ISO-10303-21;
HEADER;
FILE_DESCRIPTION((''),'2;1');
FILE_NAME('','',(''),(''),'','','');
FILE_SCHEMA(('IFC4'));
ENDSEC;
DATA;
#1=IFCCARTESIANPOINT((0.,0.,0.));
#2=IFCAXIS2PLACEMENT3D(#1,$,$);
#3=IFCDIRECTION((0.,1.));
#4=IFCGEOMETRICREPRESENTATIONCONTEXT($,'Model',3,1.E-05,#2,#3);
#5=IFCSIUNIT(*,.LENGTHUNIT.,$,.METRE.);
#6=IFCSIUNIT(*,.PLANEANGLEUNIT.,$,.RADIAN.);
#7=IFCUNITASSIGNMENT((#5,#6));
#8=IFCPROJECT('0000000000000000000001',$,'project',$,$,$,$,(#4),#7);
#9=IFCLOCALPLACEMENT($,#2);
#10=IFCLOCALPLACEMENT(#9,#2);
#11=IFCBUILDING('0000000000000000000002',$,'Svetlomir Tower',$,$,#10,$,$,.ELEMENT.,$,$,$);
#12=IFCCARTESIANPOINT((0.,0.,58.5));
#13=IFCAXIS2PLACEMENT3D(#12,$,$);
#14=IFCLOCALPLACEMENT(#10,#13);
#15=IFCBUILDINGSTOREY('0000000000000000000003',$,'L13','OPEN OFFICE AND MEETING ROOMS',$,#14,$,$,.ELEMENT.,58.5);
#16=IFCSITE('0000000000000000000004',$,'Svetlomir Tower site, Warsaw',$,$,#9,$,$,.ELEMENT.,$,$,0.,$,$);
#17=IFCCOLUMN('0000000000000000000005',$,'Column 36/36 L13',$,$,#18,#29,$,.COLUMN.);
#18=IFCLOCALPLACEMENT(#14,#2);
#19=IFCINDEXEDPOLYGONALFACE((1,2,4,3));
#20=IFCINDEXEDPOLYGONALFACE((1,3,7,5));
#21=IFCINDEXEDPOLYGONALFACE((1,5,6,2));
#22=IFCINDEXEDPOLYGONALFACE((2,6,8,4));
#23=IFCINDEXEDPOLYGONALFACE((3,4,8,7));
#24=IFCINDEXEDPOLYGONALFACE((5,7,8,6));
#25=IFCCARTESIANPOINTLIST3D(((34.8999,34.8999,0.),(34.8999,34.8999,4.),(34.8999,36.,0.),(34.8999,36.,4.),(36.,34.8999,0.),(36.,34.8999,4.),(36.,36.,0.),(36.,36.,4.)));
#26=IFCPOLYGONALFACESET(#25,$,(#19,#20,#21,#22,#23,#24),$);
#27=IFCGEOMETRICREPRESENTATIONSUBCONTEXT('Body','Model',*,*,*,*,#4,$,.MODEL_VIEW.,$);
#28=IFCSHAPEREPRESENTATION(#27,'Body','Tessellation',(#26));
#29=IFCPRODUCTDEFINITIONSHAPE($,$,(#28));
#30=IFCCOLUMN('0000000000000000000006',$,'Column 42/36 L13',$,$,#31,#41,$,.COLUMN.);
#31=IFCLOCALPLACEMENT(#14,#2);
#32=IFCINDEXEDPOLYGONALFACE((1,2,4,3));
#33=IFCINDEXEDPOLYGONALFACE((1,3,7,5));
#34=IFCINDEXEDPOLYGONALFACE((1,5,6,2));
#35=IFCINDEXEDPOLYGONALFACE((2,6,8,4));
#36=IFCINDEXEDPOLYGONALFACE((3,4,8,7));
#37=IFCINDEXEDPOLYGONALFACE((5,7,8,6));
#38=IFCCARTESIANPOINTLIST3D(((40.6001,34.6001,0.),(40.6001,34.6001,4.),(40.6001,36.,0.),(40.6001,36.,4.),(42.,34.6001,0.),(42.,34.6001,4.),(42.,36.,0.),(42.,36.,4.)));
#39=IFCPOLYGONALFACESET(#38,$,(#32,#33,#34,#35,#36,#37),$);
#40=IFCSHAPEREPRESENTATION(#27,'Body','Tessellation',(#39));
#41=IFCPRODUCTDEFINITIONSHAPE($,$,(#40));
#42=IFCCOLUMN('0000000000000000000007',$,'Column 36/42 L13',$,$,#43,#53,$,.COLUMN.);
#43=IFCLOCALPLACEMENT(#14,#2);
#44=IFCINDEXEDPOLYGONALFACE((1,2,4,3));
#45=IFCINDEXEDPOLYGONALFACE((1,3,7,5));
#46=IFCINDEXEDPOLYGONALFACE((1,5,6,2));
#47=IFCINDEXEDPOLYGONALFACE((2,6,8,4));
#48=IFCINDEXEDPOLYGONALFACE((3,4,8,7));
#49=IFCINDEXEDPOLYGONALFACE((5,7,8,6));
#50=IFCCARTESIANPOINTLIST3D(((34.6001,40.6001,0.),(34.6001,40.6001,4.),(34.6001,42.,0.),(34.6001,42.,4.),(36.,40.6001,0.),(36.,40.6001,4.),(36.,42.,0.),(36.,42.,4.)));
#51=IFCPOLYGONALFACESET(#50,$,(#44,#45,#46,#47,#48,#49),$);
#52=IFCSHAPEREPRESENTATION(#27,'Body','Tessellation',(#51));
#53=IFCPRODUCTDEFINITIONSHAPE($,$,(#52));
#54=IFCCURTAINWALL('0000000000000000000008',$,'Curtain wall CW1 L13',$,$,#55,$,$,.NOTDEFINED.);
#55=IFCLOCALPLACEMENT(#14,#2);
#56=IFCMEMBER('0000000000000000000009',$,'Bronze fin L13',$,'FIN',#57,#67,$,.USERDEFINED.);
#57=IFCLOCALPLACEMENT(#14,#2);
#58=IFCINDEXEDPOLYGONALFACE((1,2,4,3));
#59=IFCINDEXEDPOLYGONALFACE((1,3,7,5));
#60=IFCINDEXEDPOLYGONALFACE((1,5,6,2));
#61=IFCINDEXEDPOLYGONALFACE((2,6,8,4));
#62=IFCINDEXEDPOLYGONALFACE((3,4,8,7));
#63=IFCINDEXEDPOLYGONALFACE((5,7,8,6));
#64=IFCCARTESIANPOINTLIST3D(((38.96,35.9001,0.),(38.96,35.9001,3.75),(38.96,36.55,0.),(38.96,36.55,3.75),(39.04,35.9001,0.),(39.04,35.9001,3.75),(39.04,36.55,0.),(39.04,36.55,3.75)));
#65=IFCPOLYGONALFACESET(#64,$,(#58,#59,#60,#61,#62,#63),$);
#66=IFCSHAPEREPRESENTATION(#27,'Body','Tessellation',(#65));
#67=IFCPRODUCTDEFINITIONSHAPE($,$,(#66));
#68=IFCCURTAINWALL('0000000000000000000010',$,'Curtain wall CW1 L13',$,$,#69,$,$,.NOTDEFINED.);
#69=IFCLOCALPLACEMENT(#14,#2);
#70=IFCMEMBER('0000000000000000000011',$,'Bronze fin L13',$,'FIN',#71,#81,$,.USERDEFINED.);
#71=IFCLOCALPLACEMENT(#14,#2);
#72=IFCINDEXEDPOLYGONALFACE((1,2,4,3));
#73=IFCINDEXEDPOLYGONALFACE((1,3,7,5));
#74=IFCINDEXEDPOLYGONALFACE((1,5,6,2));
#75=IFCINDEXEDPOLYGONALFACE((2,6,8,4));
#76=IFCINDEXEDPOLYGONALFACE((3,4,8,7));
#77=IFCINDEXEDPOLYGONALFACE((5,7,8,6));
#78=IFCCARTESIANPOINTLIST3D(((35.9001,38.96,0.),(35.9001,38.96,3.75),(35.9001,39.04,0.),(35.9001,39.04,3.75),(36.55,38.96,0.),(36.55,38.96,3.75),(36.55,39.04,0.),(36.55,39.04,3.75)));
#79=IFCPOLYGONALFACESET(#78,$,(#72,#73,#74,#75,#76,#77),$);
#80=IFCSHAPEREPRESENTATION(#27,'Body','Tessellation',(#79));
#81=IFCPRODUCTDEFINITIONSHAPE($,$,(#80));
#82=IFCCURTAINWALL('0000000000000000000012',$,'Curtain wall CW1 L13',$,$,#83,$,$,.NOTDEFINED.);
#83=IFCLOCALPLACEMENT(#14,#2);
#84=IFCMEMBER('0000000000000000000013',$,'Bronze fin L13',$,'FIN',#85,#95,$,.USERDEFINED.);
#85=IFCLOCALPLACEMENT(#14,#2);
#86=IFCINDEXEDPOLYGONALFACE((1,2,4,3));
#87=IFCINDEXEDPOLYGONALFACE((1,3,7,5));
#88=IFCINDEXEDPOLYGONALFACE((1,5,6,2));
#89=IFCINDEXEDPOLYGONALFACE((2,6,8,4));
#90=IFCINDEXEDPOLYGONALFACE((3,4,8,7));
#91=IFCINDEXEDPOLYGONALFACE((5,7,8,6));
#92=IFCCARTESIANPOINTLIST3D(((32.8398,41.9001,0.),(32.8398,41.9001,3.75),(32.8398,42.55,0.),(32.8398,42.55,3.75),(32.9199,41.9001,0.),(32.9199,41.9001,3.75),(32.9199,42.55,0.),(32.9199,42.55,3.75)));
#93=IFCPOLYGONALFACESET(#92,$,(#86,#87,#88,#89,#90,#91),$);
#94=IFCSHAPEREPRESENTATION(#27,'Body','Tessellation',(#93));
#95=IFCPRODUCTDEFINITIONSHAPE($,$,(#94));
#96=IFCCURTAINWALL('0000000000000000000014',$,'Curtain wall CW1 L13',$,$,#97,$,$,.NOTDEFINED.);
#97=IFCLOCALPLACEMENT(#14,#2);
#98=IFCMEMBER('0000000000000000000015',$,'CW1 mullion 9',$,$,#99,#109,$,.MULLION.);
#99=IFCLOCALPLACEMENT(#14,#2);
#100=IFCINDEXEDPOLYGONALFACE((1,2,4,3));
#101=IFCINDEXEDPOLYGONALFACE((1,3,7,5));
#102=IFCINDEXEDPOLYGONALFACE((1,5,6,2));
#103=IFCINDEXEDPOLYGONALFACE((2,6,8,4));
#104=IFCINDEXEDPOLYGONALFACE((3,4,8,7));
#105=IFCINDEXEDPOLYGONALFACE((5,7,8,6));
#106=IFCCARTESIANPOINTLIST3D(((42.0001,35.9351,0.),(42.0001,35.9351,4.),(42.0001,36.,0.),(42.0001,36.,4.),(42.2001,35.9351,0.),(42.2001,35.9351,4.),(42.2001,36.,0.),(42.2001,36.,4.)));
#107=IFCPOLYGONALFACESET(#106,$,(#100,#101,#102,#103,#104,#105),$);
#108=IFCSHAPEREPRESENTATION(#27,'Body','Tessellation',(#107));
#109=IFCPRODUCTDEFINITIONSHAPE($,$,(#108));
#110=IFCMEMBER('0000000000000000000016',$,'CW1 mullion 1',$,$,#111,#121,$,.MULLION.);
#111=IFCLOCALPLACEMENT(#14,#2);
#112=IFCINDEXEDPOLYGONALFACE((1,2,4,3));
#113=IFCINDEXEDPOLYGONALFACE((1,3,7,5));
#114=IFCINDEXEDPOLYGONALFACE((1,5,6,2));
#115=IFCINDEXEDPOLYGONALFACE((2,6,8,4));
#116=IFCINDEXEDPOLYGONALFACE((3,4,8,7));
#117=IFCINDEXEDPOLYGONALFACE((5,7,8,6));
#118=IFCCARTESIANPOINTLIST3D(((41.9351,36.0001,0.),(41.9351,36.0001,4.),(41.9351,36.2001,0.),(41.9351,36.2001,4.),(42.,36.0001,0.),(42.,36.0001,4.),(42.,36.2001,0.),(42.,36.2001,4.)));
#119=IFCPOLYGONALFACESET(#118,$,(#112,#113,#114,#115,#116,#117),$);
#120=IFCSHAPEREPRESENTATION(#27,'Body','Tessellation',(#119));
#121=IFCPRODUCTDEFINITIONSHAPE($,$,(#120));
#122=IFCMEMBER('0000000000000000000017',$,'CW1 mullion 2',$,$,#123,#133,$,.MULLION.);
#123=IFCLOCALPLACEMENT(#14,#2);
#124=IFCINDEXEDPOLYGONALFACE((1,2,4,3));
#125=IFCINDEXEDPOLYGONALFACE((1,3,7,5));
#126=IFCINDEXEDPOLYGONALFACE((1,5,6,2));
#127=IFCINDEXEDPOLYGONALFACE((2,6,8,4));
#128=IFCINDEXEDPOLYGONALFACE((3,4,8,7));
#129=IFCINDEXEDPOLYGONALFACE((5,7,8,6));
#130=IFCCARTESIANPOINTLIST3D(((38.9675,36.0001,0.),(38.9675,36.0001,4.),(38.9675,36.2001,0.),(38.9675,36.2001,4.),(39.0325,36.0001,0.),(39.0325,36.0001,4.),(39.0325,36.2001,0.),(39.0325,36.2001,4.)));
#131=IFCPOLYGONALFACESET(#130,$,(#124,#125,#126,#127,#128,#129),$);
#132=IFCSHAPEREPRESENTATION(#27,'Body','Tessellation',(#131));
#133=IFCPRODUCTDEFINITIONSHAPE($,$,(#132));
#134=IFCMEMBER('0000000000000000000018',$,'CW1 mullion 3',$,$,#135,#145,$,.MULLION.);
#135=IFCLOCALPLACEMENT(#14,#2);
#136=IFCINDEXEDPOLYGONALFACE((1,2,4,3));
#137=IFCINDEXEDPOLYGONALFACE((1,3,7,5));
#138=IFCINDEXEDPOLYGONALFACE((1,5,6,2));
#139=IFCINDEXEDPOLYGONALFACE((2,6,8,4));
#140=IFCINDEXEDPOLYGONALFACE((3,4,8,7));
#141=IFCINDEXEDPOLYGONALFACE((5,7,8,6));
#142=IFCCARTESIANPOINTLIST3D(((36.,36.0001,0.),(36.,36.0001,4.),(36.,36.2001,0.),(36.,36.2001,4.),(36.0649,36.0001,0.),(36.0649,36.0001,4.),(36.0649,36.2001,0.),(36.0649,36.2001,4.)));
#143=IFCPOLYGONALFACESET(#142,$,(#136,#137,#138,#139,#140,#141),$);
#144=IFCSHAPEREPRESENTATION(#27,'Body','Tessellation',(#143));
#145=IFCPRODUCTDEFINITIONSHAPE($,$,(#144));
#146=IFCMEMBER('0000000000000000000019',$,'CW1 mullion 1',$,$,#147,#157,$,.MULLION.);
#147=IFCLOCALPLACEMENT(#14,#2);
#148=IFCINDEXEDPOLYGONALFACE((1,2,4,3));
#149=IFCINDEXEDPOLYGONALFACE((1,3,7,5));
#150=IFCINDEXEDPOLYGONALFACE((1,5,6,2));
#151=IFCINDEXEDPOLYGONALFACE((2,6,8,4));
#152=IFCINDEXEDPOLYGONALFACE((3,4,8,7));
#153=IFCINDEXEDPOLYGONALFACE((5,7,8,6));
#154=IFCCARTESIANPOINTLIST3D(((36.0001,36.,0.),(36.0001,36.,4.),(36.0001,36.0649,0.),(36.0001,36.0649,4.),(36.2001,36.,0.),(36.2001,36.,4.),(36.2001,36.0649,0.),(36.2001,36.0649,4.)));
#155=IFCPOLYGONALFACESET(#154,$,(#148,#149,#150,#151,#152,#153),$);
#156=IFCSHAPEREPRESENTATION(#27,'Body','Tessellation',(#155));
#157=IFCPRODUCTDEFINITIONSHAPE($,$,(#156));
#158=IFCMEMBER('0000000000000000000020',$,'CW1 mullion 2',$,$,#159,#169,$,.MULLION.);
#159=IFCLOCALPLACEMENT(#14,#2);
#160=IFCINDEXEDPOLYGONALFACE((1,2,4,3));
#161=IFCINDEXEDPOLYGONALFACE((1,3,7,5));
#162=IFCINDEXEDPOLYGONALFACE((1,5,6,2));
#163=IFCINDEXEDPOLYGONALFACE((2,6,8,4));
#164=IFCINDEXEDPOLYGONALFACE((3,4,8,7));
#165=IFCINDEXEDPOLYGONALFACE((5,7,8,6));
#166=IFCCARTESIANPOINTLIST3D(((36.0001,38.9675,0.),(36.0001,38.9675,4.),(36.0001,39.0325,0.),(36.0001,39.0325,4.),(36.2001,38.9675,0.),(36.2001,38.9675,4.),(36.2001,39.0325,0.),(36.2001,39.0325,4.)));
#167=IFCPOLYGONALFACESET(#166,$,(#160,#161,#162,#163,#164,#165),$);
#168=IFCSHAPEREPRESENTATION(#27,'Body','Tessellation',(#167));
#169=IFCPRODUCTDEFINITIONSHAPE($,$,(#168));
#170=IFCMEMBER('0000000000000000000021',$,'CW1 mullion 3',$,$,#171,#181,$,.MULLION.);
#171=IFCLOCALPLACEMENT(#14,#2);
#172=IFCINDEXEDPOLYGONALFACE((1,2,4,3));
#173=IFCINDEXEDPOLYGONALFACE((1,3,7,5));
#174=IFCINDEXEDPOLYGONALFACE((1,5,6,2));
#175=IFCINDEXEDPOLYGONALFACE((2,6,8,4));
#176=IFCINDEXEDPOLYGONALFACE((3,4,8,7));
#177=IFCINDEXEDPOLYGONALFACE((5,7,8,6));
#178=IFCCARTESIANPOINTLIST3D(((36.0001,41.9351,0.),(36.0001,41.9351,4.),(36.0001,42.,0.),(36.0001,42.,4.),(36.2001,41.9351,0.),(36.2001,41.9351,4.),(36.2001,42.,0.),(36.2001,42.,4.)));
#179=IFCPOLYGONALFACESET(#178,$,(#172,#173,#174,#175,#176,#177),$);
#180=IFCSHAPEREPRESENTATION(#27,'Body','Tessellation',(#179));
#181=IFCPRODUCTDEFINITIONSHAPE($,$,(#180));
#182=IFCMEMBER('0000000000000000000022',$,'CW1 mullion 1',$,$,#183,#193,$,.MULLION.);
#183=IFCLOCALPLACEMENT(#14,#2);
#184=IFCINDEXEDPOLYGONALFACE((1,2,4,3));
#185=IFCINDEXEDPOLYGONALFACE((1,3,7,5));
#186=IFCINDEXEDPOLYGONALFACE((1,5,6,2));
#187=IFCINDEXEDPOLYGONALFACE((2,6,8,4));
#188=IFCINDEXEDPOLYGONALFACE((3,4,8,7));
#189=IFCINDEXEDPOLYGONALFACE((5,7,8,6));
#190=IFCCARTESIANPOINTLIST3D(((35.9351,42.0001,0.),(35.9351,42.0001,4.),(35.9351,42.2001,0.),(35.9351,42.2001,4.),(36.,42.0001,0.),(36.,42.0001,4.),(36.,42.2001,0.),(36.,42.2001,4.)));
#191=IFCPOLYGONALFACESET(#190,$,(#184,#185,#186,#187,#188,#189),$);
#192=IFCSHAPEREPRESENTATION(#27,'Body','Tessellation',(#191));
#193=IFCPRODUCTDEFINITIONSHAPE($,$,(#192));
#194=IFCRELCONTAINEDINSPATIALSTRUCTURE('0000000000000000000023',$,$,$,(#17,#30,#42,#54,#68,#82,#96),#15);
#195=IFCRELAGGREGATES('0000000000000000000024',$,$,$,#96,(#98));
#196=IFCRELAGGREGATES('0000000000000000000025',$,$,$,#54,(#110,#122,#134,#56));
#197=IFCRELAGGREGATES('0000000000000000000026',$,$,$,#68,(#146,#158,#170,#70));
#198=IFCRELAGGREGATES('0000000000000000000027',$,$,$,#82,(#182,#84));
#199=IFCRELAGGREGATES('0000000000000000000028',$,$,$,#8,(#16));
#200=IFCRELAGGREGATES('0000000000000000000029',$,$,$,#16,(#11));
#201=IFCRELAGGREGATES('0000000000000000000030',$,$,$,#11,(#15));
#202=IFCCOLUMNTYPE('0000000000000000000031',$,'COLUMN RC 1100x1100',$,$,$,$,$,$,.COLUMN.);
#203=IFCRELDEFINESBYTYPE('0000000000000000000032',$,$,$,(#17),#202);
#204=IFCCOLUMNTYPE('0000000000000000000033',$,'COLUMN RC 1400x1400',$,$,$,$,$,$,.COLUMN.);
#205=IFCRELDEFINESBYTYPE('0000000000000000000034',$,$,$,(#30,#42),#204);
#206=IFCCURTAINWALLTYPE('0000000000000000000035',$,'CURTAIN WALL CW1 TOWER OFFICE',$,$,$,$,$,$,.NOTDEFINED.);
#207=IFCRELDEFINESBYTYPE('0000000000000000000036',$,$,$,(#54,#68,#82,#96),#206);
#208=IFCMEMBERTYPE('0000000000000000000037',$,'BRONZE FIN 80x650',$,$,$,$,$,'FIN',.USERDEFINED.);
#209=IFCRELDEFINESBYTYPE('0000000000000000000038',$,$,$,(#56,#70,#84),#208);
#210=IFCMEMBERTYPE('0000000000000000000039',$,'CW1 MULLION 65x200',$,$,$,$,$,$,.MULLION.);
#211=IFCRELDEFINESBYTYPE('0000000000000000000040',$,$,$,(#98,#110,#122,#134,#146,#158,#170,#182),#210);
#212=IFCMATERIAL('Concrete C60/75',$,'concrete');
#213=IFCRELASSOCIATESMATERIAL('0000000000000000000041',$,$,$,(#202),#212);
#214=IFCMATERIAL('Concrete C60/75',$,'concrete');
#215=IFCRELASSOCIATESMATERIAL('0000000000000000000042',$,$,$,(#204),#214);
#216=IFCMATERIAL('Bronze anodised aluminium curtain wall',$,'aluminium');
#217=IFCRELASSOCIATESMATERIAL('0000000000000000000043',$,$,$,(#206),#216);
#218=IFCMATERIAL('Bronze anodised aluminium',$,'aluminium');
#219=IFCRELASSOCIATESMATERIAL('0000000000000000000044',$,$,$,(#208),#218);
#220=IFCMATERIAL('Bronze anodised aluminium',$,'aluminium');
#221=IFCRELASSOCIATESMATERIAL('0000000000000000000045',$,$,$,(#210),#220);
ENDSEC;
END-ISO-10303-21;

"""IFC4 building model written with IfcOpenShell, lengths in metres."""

from ifc_helpers import new_model, si_unit, direction, frame, origin, origin_2d, place, context, subcontext, project, spatial, rectangle, extrude, material, material_profile, profile_set, type_object, element, aggregate, save


model = new_model("IFC4")

# Units and contexts
model_context = context("Model", 3, precision=1e-05, world=origin(), true_north=direction((0.0, 1.0)))
body_context = subcontext(model_context, "Body", "Model", "MODEL_VIEW")
ifc_project = project(units=[si_unit("LENGTHUNIT", "METRE"), si_unit("PLANEANGLEUNIT", "RADIAN")], contexts=[model_context])

# Site, building, storey
site_placement = place(None, origin())
site = spatial("IfcSite", under=ifc_project, at=site_placement, Name="Svetlomir Tower site, Warsaw", CompositionType="ELEMENT", RefElevation=0.0)
building_placement = place(site_placement, origin())
building = spatial("IfcBuilding", under=site, at=building_placement, Name="Svetlomir Tower", CompositionType="ELEMENT")
storey_placement = place(building_placement, frame((0.0, 0.0, 58.5)))
storey = spatial("IfcBuildingStorey", under=building, at=storey_placement, Name="L13", Description="OPEN OFFICE AND MEETING ROOMS", CompositionType="ELEMENT", Elevation=58.5)

# Columns
ifc_material_1 = material(Name="Concrete C60/75", Category="concrete")
ifc_material_profile_1 = material_profile(ifc_material_1, rectangle(XDim=1.1001, YDim=1.1001, at=origin_2d()), Name="RC 1100x1100")
ifc_profile_set_1 = profile_set([ifc_material_profile_1], Name="Concrete C60/75")
column_type_1 = type_object("IfcColumnType", Name="COLUMN RC 1100x1100", PredefinedType="COLUMN", material=ifc_profile_set_1)
column_placement = place(storey_placement, frame((35.45, 35.45, 0.0), z_axis=(0.0, 0.0, 1.0), x_axis=(1.0, 0.0, 0.0)))
element("IfcColumn", 1, at=column_placement, inside=storey, type_object=column_type_1, Name="Column 36/36 L13", PredefinedType="COLUMN", context=body_context, shape_type="SweptSolid", body=[
    extrude(rectangle(XDim=1.1001, YDim=1.1001, at=origin_2d()), origin(), (0.0, 0.0, 1.0), 4.0),
])
ifc_material_2 = material(Name="Concrete C60/75", Category="concrete")
ifc_material_profile_2 = material_profile(ifc_material_2, rectangle(XDim=1.3999, YDim=1.3999, at=origin_2d()), Name="RC 1400x1400")
ifc_profile_set_2 = profile_set([ifc_material_profile_2], Name="Concrete C60/75")
column_type_2 = type_object("IfcColumnType", Name="COLUMN RC 1400x1400", PredefinedType="COLUMN", material=ifc_profile_set_2)
for number, where, z_axis, x_axis, name in (
    (2, (41.3, 35.3, 0.0), (0.0, 0.0, 1.0), (1.0, 0.0, 0.0), "Column 42/36 L13"),
    (3, (35.3, 41.3, 0.0), (0.0, 0.0, 1.0), (1.0, 0.0, 0.0), "Column 36/42 L13"),
):
    element("IfcColumn", number, at=place(storey_placement, frame(where, z_axis=z_axis, x_axis=x_axis)), inside=storey, type_object=column_type_2, Name=name, PredefinedType="COLUMN", context=body_context, shape_type="SweptSolid", body=[
        extrude(rectangle(XDim=1.3999, YDim=1.3999, at=origin_2d()), origin(), (0.0, 0.0, 1.0), 4.0),
    ])

# Curtain walls, members
ifc_material_3 = material(Name="Bronze anodised aluminium curtain wall", Category="aluminium")
curtain_wall_type = type_object("IfcCurtainWallType", Name="CURTAIN WALL CW1 TOWER OFFICE", PredefinedType="NOTDEFINED", material=ifc_material_3)
curtain_wall_1_placement = place(storey_placement, origin())
curtain_wall_1 = element("IfcCurtainWall", 4, at=curtain_wall_1_placement, inside=storey, type_object=curtain_wall_type, Name="Curtain wall CW1 L13", PredefinedType="NOTDEFINED")
ifc_material_4 = material(Name="Bronze anodised aluminium", Category="aluminium")
ifc_material_profile_3 = material_profile(ifc_material_4, rectangle(XDim=0.0801, YDim=0.6499, at=origin_2d()), Name="FIN 80x650")
ifc_profile_set_3 = profile_set([ifc_material_profile_3], Name="Bronze anodised aluminium 6063-T6")
member_type_1 = type_object("IfcMemberType", Name="BRONZE FIN 80x650", ElementType="FIN", PredefinedType="USERDEFINED", material=ifc_profile_set_3)
member_1_placement = place(storey_placement, frame((39.0, 36.2251, 0.0), z_axis=(0.0, 0.0, 1.0), x_axis=(1.0, 0.0, 0.0)))
member_1 = element("IfcMember", 5, at=member_1_placement, type_object=member_type_1, Name="Bronze fin L13", ObjectType="FIN", PredefinedType="USERDEFINED", context=body_context, shape_type="SweptSolid", body=[
    extrude(rectangle(XDim=0.0801, YDim=0.6499, at=origin_2d()), origin(), (0.0, 0.0, 1.0), 3.75),
])
curtain_wall_2_placement = place(storey_placement, origin())
curtain_wall_2 = element("IfcCurtainWall", 6, at=curtain_wall_2_placement, inside=storey, type_object=curtain_wall_type, Name="Curtain wall CW1 L13", PredefinedType="NOTDEFINED")
member_2_placement = place(storey_placement, frame((36.2251, 39.0, 0.0), z_axis=(0.0, 0.0, 1.0), x_axis=(0.0, 1.0, 0.0)))
member_2 = element("IfcMember", 7, at=member_2_placement, type_object=member_type_1, Name="Bronze fin L13", ObjectType="FIN", PredefinedType="USERDEFINED", context=body_context, shape_type="SweptSolid", body=[
    extrude(rectangle(XDim=0.0801, YDim=0.6499, at=origin_2d()), origin(), (0.0, 0.0, 1.0), 3.75),
])
curtain_wall_3_placement = place(storey_placement, origin())
curtain_wall_3 = element("IfcCurtainWall", 8, at=curtain_wall_3_placement, inside=storey, type_object=curtain_wall_type, Name="Curtain wall CW1 L13", PredefinedType="NOTDEFINED")
member_3_placement = place(storey_placement, frame((32.8799, 42.2251, 0.0), z_axis=(0.0, 0.0, 1.0), x_axis=(1.0, 0.0, 0.0)))
member_3 = element("IfcMember", 9, at=member_3_placement, type_object=member_type_1, Name="Bronze fin L13", ObjectType="FIN", PredefinedType="USERDEFINED", context=body_context, shape_type="SweptSolid", body=[
    extrude(rectangle(XDim=0.0801, YDim=0.6499, at=origin_2d()), origin(), (0.0, 0.0, 1.0), 3.75),
])
curtain_wall_4_placement = place(storey_placement, origin())
curtain_wall_4 = element("IfcCurtainWall", 10, at=curtain_wall_4_placement, inside=storey, type_object=curtain_wall_type, Name="Curtain wall CW1 L13", PredefinedType="NOTDEFINED")
ifc_material_5 = material(Name="Bronze anodised aluminium", Category="aluminium")
ifc_material_profile_4 = material_profile(ifc_material_5, rectangle(XDim=0.0649, YDim=0.2, at=origin_2d()), Name="AL 65x200")
ifc_profile_set_4 = profile_set([ifc_material_profile_4], Name="Bronze anodised aluminium 6063-T6")
member_type_2 = type_object("IfcMemberType", Name="CW1 MULLION 65x200", PredefinedType="MULLION", material=ifc_profile_set_4)
member_4_placement = place(storey_placement, frame((42.1001, 35.9675, 0.0), z_axis=(0.0, 0.0, 1.0), x_axis=(0.0, 1.0, 0.0)))
member_4 = element("IfcMember", 11, at=member_4_placement, type_object=member_type_2, Name="CW1 mullion 9", PredefinedType="MULLION", context=body_context, shape_type="SweptSolid", body=[
    extrude(rectangle(XDim=0.0649, YDim=0.2, at=origin_2d()), origin(), (0.0, 0.0, 1.0), 4.0),
])

# Members
member_5_placement = place(storey_placement, frame((41.9675, 36.1001, 0.0), z_axis=(0.0, 0.0, 1.0), x_axis=(-1.0, 0.0, 0.0)))
member_5 = element("IfcMember", 12, at=member_5_placement, type_object=member_type_2, Name="CW1 mullion 1", PredefinedType="MULLION", context=body_context, shape_type="SweptSolid", body=[
    extrude(rectangle(XDim=0.0649, YDim=0.2, at=origin_2d()), origin(), (0.0, 0.0, 1.0), 4.0),
])
member_6_placement = place(storey_placement, frame((39.0, 36.1001, 0.0), z_axis=(0.0, 0.0, 1.0), x_axis=(-1.0, 0.0, 0.0)))
member_6 = element("IfcMember", 13, at=member_6_placement, type_object=member_type_2, Name="CW1 mullion 2", PredefinedType="MULLION", context=body_context, shape_type="SweptSolid", body=[
    extrude(rectangle(XDim=0.0649, YDim=0.2, at=origin_2d()), origin(), (0.0, 0.0, 1.0), 4.0),
])
member_7_placement = place(storey_placement, frame((36.0325, 36.1001, 0.0), z_axis=(0.0, 0.0, 1.0), x_axis=(-1.0, 0.0, 0.0)))
member_7 = element("IfcMember", 14, at=member_7_placement, type_object=member_type_2, Name="CW1 mullion 3", PredefinedType="MULLION", context=body_context, shape_type="SweptSolid", body=[
    extrude(rectangle(XDim=0.0649, YDim=0.2, at=origin_2d()), origin(), (0.0, 0.0, 1.0), 4.0),
])
member_8_placement = place(storey_placement, frame((36.1001, 36.0325, 0.0), z_axis=(0.0, 0.0, 1.0), x_axis=(0.0, 1.0, 0.0)))
member_8 = element("IfcMember", 15, at=member_8_placement, type_object=member_type_2, Name="CW1 mullion 1", PredefinedType="MULLION", context=body_context, shape_type="SweptSolid", body=[
    extrude(rectangle(XDim=0.0649, YDim=0.2, at=origin_2d()), origin(), (0.0, 0.0, 1.0), 4.0),
])
member_9_placement = place(storey_placement, frame((36.1001, 39.0, 0.0), z_axis=(0.0, 0.0, 1.0), x_axis=(0.0, 1.0, 0.0)))
member_9 = element("IfcMember", 16, at=member_9_placement, type_object=member_type_2, Name="CW1 mullion 2", PredefinedType="MULLION", context=body_context, shape_type="SweptSolid", body=[
    extrude(rectangle(XDim=0.0649, YDim=0.2, at=origin_2d()), origin(), (0.0, 0.0, 1.0), 4.0),
])
member_10_placement = place(storey_placement, frame((36.1001, 41.9675, 0.0), z_axis=(0.0, 0.0, 1.0), x_axis=(0.0, 1.0, 0.0)))
member_10 = element("IfcMember", 17, at=member_10_placement, type_object=member_type_2, Name="CW1 mullion 3", PredefinedType="MULLION", context=body_context, shape_type="SweptSolid", body=[
    extrude(rectangle(XDim=0.0649, YDim=0.2, at=origin_2d()), origin(), (0.0, 0.0, 1.0), 4.0),
])
member_11_placement = place(storey_placement, frame((35.9675, 42.1001, 0.0), z_axis=(0.0, 0.0, 1.0), x_axis=(-1.0, 0.0, 0.0)))
member_11 = element("IfcMember", 18, at=member_11_placement, type_object=member_type_2, Name="CW1 mullion 1", PredefinedType="MULLION", context=body_context, shape_type="SweptSolid", body=[
    extrude(rectangle(XDim=0.0649, YDim=0.2, at=origin_2d()), origin(), (0.0, 0.0, 1.0), 4.0),
])

aggregate(curtain_wall_4, [member_4])
aggregate(curtain_wall_1, [member_5, member_6, member_7, member_1])
aggregate(curtain_wall_2, [member_8, member_9, member_10, member_2])
aggregate(curtain_wall_3, [member_11, member_3])

save(model, "model.ifc")
